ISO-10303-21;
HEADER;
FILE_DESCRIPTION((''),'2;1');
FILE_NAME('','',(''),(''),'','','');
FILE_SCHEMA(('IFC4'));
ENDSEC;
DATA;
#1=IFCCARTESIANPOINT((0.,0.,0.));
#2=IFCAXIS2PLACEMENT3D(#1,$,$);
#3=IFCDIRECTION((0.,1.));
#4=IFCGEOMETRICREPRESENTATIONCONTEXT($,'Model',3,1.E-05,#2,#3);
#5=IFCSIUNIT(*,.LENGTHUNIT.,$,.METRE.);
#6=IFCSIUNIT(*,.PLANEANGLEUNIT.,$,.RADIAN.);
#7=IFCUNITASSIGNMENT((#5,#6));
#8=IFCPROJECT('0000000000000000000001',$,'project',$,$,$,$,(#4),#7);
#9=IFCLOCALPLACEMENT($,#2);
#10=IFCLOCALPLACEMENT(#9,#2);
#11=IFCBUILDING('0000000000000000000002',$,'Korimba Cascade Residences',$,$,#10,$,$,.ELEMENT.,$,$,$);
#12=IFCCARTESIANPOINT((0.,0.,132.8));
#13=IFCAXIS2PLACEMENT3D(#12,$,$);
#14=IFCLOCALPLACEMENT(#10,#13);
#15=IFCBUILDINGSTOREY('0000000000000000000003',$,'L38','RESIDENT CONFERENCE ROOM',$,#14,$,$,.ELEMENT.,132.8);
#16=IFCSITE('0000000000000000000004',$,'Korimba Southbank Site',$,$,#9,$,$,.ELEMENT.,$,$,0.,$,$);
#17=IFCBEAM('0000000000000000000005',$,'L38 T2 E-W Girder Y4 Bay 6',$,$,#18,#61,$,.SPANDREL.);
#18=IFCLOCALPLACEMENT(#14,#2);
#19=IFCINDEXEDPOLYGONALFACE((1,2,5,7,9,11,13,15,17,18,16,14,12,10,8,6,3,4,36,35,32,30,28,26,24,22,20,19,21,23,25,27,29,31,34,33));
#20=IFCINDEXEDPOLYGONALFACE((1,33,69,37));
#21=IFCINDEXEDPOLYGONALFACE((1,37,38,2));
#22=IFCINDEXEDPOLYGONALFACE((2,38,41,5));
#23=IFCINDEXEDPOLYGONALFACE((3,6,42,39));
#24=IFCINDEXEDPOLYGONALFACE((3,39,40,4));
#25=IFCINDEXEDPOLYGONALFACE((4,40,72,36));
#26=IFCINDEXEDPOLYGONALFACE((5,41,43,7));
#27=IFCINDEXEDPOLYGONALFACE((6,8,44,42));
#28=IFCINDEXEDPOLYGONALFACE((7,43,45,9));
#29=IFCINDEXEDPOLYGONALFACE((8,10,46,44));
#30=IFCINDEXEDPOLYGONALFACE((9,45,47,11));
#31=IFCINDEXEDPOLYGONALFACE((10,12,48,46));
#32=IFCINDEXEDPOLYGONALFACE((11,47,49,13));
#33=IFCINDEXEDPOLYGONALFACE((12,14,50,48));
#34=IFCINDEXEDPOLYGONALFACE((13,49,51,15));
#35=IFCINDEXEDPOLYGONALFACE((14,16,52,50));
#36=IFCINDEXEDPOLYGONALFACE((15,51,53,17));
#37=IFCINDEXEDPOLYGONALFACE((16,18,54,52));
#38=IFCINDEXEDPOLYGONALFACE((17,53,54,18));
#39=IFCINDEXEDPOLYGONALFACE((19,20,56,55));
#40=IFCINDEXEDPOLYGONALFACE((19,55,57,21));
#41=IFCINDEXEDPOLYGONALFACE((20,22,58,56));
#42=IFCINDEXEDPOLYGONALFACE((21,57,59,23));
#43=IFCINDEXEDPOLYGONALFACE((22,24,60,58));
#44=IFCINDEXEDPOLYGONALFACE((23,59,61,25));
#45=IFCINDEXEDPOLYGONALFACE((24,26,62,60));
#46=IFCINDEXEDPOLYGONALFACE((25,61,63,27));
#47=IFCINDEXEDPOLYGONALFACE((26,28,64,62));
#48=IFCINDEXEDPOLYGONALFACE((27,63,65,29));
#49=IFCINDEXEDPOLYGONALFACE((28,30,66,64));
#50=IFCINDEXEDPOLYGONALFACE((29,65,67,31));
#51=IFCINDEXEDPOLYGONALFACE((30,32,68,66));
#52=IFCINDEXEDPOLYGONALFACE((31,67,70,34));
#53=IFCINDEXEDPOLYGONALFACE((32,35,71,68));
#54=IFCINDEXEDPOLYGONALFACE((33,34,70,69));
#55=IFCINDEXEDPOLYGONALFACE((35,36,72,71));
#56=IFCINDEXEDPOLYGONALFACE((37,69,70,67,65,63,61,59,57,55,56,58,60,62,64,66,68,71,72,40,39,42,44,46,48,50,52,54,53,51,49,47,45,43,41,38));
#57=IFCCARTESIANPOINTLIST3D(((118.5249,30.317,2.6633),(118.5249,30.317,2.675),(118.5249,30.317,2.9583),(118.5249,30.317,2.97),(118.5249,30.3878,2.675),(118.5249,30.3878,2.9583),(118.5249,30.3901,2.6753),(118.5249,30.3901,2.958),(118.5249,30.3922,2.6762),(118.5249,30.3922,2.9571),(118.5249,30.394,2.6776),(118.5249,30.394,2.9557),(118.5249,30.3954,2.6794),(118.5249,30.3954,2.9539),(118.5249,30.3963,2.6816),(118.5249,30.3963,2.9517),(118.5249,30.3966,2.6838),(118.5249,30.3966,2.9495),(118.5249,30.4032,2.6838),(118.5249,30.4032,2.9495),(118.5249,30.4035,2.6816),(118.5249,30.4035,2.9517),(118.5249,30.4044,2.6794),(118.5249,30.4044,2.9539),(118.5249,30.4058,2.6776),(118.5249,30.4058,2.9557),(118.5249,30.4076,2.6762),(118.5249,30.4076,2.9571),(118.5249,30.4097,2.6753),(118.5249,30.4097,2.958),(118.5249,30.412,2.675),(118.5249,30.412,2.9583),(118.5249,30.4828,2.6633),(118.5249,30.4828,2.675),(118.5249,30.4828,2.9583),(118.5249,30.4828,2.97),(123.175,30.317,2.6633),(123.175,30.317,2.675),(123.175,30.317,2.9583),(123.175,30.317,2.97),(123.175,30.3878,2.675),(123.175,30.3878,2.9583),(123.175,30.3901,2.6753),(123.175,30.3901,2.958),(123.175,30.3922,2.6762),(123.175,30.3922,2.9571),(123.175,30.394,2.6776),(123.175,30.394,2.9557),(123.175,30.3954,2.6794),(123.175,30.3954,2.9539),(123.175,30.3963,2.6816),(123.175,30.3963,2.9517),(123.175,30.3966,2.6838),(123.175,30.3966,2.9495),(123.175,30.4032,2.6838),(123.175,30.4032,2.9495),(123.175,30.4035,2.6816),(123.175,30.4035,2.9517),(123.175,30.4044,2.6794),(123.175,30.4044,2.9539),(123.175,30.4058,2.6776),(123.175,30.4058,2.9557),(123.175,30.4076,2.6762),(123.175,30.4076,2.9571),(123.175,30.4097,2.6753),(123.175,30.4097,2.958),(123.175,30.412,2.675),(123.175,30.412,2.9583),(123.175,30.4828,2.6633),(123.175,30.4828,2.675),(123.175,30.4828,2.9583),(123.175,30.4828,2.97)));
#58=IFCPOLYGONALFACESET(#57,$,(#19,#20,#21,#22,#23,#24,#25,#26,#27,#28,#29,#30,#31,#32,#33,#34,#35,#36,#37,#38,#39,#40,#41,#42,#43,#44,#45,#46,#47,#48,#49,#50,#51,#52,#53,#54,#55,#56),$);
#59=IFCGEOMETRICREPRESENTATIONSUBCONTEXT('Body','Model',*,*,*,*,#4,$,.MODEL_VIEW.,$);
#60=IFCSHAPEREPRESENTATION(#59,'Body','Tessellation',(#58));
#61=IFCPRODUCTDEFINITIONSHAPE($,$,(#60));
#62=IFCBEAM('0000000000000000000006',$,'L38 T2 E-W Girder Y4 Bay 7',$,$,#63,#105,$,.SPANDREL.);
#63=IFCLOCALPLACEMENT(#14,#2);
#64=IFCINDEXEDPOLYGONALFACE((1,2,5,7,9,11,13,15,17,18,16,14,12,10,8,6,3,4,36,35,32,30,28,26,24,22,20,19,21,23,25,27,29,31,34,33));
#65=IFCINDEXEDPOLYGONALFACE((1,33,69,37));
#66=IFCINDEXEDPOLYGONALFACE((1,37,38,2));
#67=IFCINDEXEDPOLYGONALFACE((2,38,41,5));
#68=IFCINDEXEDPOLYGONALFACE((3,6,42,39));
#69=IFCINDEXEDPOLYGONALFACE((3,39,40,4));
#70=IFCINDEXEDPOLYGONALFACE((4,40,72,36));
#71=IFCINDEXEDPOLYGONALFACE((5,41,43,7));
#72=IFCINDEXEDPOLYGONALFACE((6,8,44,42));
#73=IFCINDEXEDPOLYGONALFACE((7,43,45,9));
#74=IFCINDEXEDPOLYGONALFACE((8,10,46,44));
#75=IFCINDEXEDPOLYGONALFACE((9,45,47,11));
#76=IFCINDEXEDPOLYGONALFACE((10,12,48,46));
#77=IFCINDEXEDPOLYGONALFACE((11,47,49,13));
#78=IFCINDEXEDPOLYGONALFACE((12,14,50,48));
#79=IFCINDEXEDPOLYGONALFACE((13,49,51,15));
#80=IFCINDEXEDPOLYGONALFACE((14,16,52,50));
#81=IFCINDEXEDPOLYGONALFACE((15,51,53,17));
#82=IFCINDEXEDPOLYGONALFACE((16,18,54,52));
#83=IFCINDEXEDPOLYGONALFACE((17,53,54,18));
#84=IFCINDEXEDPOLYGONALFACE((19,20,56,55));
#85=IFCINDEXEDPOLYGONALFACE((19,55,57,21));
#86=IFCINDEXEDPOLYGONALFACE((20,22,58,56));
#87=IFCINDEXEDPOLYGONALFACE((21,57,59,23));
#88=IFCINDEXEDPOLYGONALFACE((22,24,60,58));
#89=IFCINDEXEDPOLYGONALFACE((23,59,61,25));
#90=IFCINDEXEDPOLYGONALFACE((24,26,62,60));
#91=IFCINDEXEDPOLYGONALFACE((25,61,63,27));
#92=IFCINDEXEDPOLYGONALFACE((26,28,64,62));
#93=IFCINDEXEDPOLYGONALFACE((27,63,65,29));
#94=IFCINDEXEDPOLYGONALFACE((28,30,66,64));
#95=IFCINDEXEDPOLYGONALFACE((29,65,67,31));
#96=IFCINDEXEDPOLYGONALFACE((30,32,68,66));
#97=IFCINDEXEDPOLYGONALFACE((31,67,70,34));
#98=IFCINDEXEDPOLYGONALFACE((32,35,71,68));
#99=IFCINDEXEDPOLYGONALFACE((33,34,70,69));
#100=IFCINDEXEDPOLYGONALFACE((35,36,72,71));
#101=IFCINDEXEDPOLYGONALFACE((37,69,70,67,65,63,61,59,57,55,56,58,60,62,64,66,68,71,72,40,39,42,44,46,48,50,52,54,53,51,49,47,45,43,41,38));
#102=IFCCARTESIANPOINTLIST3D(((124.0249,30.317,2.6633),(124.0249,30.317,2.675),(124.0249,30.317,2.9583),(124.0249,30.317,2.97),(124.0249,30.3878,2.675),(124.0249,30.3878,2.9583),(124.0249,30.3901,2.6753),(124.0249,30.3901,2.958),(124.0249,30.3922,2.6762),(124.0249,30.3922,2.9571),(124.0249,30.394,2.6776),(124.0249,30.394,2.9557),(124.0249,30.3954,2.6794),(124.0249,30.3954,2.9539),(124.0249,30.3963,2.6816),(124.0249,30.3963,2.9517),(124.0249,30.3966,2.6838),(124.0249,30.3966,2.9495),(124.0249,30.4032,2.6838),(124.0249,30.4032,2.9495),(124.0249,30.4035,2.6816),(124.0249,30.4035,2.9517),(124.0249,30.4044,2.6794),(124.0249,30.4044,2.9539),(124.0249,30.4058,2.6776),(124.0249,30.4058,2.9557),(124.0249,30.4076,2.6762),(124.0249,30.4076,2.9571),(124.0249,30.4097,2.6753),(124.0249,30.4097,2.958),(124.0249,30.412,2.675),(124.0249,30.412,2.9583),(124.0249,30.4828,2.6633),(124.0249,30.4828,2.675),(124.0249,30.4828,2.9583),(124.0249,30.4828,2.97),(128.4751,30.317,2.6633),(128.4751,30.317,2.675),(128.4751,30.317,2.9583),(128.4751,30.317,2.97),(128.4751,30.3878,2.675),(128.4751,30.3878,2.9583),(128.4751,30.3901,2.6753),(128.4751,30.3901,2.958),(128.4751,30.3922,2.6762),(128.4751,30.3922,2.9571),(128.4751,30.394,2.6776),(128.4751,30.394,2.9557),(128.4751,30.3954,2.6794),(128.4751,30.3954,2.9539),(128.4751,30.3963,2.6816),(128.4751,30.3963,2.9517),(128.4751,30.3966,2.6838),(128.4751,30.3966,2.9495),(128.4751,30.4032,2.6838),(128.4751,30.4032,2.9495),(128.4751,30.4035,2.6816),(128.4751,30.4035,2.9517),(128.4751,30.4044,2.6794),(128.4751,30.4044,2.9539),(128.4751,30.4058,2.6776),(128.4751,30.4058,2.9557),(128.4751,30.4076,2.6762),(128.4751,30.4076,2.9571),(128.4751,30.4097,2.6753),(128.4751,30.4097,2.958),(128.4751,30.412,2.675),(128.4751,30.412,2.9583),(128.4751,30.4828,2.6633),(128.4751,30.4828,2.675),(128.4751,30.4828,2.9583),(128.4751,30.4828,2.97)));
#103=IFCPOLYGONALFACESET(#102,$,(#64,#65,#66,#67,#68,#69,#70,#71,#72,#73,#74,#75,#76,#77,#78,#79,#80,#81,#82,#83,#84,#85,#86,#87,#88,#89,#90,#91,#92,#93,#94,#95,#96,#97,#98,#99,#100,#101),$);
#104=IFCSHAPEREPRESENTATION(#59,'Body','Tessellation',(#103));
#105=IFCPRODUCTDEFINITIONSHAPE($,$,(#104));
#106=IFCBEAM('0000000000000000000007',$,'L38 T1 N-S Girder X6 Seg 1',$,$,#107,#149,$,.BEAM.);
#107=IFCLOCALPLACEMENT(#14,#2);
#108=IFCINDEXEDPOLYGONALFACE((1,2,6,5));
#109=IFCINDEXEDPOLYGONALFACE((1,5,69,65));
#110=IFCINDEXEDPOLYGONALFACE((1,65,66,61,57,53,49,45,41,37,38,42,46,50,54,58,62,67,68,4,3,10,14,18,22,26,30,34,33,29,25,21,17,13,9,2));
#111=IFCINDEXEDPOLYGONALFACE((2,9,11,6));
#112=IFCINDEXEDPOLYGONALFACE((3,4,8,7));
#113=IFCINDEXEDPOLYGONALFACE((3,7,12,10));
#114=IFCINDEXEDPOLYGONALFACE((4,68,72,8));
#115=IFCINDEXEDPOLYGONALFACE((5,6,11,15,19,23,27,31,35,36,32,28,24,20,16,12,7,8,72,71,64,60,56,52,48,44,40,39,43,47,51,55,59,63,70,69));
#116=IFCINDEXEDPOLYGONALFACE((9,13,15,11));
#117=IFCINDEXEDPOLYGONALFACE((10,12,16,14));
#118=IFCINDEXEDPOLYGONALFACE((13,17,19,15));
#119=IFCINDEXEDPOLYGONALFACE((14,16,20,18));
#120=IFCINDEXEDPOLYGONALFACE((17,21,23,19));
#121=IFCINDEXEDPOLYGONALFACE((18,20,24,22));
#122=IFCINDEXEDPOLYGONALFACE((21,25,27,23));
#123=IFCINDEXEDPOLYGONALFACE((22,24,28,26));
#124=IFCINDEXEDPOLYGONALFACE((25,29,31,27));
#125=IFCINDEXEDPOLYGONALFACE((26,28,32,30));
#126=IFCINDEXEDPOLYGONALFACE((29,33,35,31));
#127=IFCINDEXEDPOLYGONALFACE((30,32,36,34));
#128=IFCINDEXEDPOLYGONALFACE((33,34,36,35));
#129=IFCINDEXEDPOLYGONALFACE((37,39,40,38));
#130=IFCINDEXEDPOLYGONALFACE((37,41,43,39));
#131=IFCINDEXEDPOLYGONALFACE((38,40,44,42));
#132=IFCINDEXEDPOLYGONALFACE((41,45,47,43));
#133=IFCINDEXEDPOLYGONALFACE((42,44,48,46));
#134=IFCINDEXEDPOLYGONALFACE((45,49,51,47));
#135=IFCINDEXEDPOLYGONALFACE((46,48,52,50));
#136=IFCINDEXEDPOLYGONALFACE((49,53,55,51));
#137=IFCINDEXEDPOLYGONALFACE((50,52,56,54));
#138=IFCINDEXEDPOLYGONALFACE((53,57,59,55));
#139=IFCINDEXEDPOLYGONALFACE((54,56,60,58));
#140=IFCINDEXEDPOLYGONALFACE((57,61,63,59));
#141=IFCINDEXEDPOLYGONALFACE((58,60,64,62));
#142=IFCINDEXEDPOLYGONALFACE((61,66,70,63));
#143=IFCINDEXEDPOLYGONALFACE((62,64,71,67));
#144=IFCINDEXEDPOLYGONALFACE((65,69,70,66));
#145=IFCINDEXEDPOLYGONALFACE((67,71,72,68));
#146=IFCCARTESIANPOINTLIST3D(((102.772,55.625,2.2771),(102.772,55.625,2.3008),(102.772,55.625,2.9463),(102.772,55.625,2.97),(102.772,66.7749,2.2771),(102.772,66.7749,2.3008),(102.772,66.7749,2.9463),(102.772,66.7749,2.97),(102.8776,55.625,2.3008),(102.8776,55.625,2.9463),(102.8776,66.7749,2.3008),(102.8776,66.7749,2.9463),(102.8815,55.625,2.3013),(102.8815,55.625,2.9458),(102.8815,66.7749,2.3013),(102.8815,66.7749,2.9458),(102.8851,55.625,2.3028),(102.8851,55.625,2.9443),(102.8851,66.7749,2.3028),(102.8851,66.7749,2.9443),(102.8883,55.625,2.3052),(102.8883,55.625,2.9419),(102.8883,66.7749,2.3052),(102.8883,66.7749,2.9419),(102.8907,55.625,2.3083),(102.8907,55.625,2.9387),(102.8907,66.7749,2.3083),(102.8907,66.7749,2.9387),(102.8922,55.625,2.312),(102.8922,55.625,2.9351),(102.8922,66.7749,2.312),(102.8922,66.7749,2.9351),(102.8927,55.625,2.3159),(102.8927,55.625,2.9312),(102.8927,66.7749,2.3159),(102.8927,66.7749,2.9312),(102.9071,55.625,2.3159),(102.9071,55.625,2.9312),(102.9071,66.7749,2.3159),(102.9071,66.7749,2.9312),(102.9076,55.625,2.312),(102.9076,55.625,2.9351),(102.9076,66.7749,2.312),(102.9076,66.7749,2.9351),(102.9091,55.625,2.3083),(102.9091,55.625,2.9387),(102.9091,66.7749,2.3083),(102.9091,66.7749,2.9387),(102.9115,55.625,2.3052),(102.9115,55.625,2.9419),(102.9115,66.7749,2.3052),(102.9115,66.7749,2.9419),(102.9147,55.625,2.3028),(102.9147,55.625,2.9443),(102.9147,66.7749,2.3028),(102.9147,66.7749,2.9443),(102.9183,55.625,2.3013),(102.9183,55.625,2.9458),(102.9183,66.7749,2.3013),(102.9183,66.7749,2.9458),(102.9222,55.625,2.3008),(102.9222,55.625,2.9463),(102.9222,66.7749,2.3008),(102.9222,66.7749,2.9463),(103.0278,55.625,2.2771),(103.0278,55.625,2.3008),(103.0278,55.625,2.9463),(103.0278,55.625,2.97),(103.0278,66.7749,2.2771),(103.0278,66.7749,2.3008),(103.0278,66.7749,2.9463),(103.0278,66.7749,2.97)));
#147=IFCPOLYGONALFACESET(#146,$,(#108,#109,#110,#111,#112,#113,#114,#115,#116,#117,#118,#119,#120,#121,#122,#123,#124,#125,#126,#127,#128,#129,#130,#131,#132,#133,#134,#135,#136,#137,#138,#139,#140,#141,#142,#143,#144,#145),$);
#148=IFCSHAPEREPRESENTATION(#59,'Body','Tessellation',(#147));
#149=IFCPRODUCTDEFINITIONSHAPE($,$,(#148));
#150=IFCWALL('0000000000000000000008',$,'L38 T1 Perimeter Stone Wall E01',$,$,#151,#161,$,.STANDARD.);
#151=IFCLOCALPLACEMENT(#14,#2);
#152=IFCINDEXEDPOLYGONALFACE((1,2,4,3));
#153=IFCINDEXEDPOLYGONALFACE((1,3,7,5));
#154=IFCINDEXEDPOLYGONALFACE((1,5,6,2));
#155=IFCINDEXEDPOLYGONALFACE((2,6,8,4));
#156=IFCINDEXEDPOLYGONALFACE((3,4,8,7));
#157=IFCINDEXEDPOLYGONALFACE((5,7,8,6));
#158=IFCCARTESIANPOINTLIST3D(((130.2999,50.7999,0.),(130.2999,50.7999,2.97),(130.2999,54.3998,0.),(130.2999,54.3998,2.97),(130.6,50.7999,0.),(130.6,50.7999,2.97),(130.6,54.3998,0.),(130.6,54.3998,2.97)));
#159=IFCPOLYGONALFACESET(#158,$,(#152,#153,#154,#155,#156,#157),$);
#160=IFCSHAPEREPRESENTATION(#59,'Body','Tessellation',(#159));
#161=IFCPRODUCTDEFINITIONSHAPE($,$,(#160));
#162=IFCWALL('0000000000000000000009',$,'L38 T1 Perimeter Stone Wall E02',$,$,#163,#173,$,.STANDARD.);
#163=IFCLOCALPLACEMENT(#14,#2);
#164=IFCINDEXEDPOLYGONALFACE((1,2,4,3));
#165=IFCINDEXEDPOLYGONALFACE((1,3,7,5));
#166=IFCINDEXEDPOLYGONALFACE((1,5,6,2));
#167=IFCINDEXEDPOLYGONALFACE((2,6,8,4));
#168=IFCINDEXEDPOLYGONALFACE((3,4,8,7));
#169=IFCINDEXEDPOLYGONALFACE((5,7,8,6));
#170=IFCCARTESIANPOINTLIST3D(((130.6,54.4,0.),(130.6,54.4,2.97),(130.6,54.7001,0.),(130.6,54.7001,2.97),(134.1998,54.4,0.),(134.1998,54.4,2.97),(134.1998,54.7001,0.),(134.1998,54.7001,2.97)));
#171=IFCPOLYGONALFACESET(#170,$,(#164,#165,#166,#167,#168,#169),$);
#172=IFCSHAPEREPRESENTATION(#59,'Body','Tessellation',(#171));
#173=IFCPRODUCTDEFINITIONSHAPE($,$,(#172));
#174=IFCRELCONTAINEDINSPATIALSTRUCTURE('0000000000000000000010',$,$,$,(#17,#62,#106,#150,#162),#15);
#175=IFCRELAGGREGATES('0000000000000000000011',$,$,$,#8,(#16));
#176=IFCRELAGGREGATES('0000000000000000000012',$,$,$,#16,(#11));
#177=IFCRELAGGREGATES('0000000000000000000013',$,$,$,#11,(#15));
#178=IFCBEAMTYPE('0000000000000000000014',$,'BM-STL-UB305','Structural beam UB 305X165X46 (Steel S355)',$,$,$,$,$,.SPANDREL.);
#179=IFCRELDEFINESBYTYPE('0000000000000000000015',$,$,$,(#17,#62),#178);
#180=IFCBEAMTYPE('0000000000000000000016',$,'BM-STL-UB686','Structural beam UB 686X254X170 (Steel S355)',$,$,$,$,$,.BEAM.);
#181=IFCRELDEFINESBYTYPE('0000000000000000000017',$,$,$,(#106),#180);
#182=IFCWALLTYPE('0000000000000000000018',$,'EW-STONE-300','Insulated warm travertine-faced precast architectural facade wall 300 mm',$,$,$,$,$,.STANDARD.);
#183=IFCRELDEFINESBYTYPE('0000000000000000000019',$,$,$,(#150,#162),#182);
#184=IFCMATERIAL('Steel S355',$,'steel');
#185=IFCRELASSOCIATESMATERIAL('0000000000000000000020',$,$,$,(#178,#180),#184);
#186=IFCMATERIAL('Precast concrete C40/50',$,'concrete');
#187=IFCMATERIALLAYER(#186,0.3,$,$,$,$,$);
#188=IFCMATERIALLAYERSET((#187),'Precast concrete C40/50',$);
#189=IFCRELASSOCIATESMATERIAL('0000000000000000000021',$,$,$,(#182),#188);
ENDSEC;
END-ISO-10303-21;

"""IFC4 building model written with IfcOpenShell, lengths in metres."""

from ifc_helpers import new_model, si_unit, direction, frame, frame_2d, origin, origin_2d, place, context, subcontext, project, spatial, rectangle, i_section, extrude, material, layer, layer_set, material_profile, profile_set, type_object, element, save


model = new_model("IFC4")

# Units and contexts
model_context = context("Model", 3, precision=1e-05, world=origin(), true_north=direction((0.0, 1.0)))
body_context = subcontext(model_context, "Body", "Model", "MODEL_VIEW")
ifc_project = project(units=[si_unit("LENGTHUNIT", "METRE"), si_unit("PLANEANGLEUNIT", "RADIAN")], contexts=[model_context])

# Site, building, storey
site_placement = place(None, origin())
site = spatial("IfcSite", under=ifc_project, at=site_placement, Name="Korimba Southbank Site", CompositionType="ELEMENT", RefElevation=0.0)
building_placement = place(site_placement, origin())
building = spatial("IfcBuilding", under=site, at=building_placement, Name="Korimba Cascade Residences", CompositionType="ELEMENT")
storey_placement = place(building_placement, frame((0.0, 0.0, 132.8)))
storey = spatial("IfcBuildingStorey", under=building, at=storey_placement, Name="L38", Description="RESIDENT CONFERENCE ROOM", CompositionType="ELEMENT", Elevation=132.8)

# Beams
ifc_material_1 = material(Name="Steel S355", Category="steel")
ifc_material_profile_1 = material_profile(ifc_material_1, i_section(OverallWidth=0.1658, OverallDepth=0.3066, WebThickness=0.0066, FlangeThickness=0.0117, FilletRadius=0.0088, at=origin_2d()), Name="Steel S355")
ifc_profile_set_1 = profile_set([ifc_material_profile_1], Name="Steel S355")
beam_type_1 = type_object("IfcBeamType", Name="BM-STL-UB305", Description="Structural beam UB 305X165X46 (Steel S355)", PredefinedType="SPANDREL", material=ifc_profile_set_1)
beam_1_placement = place(storey_placement, frame((118.5249, 30.3999, 2.8167), z_axis=(1.0, 0.0, 0.0), x_axis=(0.0, 1.0, 0.0)))
element("IfcBeam", 1, at=beam_1_placement, inside=storey, type_object=beam_type_1, Name="L38 T2 E-W Girder Y4 Bay 6", PredefinedType="SPANDREL", context=body_context, shape_type="SweptSolid", body=[
    extrude(i_section(OverallWidth=0.1658, OverallDepth=0.3066, WebThickness=0.0066, FlangeThickness=0.0117, FilletRadius=0.0088, at=origin_2d()), origin(), (0.0, 0.0, 1.0), 4.6501),
])
beam_2_placement = place(storey_placement, frame((124.0249, 30.3999, 2.8167), z_axis=(1.0, 0.0, 0.0), x_axis=(0.0, 1.0, 0.0)))
element("IfcBeam", 2, at=beam_2_placement, inside=storey, type_object=beam_type_1, Name="L38 T2 E-W Girder Y4 Bay 7", PredefinedType="SPANDREL", context=body_context, shape_type="SweptSolid", body=[
    extrude(i_section(OverallWidth=0.1658, OverallDepth=0.3066, WebThickness=0.0066, FlangeThickness=0.0117, FilletRadius=0.0088, at=origin_2d()), origin(), (0.0, 0.0, 1.0), 4.4502),
])
ifc_material_profile_2 = material_profile(ifc_material_1, i_section(OverallWidth=0.2559, OverallDepth=0.6929, WebThickness=0.0144, FlangeThickness=0.0237, FilletRadius=0.0151, at=origin_2d()), Name="Steel S355")
ifc_profile_set_2 = profile_set([ifc_material_profile_2], Name="Steel S355")
beam_type_2 = type_object("IfcBeamType", Name="BM-STL-UB686", Description="Structural beam UB 686X254X170 (Steel S355)", PredefinedType="BEAM", material=ifc_profile_set_2)
beam_3_placement = place(storey_placement, frame((102.8999, 55.625, 2.6235), z_axis=(0.0, 1.0, 0.0), x_axis=(-1.0, 0.0, 0.0)))
element("IfcBeam", 3, at=beam_3_placement, inside=storey, type_object=beam_type_2, Name="L38 T1 N-S Girder X6 Seg 1", PredefinedType="BEAM", context=body_context, shape_type="SweptSolid", body=[
    extrude(i_section(OverallWidth=0.2559, OverallDepth=0.6929, WebThickness=0.0144, FlangeThickness=0.0237, FilletRadius=0.0151, at=origin_2d()), origin(), (0.0, 0.0, 1.0), 11.1499),
])

# Walls
ifc_material_2 = material(Name="Precast concrete C40/50", Category="concrete")
ifc_layer_1 = layer(ifc_material_2, 0.3)
ifc_layer_set_1 = layer_set([ifc_layer_1], Name="Precast concrete C40/50")
wall_type_1 = type_object("IfcWallType", Name="EW-STONE-300", Description="Insulated warm travertine-faced precast architectural facade wall 300 mm", PredefinedType="STANDARD", material=ifc_layer_set_1)
for number, where, z_axis, x_axis, name in (
    (4, (130.45, 50.8, 0.0), (0.0, 0.0, 1.0), (0.0, 1.0, 0.0), "L38 T1 Perimeter Stone Wall E01"),
    (5, (130.6001, 54.55, 0.0), (0.0, 0.0, 1.0), (1.0, 0.0, 0.0), "L38 T1 Perimeter Stone Wall E02"),
):
    element("IfcWall", number, at=place(storey_placement, frame(where, z_axis=z_axis, x_axis=x_axis)), inside=storey, type_object=wall_type_1, Name=name, PredefinedType="STANDARD", context=body_context, shape_type="SweptSolid", body=[
        extrude(rectangle(XDim=3.5999, YDim=0.3, at=frame_2d((1.7998, 0.0))), origin(), (0.0, 0.0, 1.0), 2.97),
    ])

save(model, "model.ifc")
